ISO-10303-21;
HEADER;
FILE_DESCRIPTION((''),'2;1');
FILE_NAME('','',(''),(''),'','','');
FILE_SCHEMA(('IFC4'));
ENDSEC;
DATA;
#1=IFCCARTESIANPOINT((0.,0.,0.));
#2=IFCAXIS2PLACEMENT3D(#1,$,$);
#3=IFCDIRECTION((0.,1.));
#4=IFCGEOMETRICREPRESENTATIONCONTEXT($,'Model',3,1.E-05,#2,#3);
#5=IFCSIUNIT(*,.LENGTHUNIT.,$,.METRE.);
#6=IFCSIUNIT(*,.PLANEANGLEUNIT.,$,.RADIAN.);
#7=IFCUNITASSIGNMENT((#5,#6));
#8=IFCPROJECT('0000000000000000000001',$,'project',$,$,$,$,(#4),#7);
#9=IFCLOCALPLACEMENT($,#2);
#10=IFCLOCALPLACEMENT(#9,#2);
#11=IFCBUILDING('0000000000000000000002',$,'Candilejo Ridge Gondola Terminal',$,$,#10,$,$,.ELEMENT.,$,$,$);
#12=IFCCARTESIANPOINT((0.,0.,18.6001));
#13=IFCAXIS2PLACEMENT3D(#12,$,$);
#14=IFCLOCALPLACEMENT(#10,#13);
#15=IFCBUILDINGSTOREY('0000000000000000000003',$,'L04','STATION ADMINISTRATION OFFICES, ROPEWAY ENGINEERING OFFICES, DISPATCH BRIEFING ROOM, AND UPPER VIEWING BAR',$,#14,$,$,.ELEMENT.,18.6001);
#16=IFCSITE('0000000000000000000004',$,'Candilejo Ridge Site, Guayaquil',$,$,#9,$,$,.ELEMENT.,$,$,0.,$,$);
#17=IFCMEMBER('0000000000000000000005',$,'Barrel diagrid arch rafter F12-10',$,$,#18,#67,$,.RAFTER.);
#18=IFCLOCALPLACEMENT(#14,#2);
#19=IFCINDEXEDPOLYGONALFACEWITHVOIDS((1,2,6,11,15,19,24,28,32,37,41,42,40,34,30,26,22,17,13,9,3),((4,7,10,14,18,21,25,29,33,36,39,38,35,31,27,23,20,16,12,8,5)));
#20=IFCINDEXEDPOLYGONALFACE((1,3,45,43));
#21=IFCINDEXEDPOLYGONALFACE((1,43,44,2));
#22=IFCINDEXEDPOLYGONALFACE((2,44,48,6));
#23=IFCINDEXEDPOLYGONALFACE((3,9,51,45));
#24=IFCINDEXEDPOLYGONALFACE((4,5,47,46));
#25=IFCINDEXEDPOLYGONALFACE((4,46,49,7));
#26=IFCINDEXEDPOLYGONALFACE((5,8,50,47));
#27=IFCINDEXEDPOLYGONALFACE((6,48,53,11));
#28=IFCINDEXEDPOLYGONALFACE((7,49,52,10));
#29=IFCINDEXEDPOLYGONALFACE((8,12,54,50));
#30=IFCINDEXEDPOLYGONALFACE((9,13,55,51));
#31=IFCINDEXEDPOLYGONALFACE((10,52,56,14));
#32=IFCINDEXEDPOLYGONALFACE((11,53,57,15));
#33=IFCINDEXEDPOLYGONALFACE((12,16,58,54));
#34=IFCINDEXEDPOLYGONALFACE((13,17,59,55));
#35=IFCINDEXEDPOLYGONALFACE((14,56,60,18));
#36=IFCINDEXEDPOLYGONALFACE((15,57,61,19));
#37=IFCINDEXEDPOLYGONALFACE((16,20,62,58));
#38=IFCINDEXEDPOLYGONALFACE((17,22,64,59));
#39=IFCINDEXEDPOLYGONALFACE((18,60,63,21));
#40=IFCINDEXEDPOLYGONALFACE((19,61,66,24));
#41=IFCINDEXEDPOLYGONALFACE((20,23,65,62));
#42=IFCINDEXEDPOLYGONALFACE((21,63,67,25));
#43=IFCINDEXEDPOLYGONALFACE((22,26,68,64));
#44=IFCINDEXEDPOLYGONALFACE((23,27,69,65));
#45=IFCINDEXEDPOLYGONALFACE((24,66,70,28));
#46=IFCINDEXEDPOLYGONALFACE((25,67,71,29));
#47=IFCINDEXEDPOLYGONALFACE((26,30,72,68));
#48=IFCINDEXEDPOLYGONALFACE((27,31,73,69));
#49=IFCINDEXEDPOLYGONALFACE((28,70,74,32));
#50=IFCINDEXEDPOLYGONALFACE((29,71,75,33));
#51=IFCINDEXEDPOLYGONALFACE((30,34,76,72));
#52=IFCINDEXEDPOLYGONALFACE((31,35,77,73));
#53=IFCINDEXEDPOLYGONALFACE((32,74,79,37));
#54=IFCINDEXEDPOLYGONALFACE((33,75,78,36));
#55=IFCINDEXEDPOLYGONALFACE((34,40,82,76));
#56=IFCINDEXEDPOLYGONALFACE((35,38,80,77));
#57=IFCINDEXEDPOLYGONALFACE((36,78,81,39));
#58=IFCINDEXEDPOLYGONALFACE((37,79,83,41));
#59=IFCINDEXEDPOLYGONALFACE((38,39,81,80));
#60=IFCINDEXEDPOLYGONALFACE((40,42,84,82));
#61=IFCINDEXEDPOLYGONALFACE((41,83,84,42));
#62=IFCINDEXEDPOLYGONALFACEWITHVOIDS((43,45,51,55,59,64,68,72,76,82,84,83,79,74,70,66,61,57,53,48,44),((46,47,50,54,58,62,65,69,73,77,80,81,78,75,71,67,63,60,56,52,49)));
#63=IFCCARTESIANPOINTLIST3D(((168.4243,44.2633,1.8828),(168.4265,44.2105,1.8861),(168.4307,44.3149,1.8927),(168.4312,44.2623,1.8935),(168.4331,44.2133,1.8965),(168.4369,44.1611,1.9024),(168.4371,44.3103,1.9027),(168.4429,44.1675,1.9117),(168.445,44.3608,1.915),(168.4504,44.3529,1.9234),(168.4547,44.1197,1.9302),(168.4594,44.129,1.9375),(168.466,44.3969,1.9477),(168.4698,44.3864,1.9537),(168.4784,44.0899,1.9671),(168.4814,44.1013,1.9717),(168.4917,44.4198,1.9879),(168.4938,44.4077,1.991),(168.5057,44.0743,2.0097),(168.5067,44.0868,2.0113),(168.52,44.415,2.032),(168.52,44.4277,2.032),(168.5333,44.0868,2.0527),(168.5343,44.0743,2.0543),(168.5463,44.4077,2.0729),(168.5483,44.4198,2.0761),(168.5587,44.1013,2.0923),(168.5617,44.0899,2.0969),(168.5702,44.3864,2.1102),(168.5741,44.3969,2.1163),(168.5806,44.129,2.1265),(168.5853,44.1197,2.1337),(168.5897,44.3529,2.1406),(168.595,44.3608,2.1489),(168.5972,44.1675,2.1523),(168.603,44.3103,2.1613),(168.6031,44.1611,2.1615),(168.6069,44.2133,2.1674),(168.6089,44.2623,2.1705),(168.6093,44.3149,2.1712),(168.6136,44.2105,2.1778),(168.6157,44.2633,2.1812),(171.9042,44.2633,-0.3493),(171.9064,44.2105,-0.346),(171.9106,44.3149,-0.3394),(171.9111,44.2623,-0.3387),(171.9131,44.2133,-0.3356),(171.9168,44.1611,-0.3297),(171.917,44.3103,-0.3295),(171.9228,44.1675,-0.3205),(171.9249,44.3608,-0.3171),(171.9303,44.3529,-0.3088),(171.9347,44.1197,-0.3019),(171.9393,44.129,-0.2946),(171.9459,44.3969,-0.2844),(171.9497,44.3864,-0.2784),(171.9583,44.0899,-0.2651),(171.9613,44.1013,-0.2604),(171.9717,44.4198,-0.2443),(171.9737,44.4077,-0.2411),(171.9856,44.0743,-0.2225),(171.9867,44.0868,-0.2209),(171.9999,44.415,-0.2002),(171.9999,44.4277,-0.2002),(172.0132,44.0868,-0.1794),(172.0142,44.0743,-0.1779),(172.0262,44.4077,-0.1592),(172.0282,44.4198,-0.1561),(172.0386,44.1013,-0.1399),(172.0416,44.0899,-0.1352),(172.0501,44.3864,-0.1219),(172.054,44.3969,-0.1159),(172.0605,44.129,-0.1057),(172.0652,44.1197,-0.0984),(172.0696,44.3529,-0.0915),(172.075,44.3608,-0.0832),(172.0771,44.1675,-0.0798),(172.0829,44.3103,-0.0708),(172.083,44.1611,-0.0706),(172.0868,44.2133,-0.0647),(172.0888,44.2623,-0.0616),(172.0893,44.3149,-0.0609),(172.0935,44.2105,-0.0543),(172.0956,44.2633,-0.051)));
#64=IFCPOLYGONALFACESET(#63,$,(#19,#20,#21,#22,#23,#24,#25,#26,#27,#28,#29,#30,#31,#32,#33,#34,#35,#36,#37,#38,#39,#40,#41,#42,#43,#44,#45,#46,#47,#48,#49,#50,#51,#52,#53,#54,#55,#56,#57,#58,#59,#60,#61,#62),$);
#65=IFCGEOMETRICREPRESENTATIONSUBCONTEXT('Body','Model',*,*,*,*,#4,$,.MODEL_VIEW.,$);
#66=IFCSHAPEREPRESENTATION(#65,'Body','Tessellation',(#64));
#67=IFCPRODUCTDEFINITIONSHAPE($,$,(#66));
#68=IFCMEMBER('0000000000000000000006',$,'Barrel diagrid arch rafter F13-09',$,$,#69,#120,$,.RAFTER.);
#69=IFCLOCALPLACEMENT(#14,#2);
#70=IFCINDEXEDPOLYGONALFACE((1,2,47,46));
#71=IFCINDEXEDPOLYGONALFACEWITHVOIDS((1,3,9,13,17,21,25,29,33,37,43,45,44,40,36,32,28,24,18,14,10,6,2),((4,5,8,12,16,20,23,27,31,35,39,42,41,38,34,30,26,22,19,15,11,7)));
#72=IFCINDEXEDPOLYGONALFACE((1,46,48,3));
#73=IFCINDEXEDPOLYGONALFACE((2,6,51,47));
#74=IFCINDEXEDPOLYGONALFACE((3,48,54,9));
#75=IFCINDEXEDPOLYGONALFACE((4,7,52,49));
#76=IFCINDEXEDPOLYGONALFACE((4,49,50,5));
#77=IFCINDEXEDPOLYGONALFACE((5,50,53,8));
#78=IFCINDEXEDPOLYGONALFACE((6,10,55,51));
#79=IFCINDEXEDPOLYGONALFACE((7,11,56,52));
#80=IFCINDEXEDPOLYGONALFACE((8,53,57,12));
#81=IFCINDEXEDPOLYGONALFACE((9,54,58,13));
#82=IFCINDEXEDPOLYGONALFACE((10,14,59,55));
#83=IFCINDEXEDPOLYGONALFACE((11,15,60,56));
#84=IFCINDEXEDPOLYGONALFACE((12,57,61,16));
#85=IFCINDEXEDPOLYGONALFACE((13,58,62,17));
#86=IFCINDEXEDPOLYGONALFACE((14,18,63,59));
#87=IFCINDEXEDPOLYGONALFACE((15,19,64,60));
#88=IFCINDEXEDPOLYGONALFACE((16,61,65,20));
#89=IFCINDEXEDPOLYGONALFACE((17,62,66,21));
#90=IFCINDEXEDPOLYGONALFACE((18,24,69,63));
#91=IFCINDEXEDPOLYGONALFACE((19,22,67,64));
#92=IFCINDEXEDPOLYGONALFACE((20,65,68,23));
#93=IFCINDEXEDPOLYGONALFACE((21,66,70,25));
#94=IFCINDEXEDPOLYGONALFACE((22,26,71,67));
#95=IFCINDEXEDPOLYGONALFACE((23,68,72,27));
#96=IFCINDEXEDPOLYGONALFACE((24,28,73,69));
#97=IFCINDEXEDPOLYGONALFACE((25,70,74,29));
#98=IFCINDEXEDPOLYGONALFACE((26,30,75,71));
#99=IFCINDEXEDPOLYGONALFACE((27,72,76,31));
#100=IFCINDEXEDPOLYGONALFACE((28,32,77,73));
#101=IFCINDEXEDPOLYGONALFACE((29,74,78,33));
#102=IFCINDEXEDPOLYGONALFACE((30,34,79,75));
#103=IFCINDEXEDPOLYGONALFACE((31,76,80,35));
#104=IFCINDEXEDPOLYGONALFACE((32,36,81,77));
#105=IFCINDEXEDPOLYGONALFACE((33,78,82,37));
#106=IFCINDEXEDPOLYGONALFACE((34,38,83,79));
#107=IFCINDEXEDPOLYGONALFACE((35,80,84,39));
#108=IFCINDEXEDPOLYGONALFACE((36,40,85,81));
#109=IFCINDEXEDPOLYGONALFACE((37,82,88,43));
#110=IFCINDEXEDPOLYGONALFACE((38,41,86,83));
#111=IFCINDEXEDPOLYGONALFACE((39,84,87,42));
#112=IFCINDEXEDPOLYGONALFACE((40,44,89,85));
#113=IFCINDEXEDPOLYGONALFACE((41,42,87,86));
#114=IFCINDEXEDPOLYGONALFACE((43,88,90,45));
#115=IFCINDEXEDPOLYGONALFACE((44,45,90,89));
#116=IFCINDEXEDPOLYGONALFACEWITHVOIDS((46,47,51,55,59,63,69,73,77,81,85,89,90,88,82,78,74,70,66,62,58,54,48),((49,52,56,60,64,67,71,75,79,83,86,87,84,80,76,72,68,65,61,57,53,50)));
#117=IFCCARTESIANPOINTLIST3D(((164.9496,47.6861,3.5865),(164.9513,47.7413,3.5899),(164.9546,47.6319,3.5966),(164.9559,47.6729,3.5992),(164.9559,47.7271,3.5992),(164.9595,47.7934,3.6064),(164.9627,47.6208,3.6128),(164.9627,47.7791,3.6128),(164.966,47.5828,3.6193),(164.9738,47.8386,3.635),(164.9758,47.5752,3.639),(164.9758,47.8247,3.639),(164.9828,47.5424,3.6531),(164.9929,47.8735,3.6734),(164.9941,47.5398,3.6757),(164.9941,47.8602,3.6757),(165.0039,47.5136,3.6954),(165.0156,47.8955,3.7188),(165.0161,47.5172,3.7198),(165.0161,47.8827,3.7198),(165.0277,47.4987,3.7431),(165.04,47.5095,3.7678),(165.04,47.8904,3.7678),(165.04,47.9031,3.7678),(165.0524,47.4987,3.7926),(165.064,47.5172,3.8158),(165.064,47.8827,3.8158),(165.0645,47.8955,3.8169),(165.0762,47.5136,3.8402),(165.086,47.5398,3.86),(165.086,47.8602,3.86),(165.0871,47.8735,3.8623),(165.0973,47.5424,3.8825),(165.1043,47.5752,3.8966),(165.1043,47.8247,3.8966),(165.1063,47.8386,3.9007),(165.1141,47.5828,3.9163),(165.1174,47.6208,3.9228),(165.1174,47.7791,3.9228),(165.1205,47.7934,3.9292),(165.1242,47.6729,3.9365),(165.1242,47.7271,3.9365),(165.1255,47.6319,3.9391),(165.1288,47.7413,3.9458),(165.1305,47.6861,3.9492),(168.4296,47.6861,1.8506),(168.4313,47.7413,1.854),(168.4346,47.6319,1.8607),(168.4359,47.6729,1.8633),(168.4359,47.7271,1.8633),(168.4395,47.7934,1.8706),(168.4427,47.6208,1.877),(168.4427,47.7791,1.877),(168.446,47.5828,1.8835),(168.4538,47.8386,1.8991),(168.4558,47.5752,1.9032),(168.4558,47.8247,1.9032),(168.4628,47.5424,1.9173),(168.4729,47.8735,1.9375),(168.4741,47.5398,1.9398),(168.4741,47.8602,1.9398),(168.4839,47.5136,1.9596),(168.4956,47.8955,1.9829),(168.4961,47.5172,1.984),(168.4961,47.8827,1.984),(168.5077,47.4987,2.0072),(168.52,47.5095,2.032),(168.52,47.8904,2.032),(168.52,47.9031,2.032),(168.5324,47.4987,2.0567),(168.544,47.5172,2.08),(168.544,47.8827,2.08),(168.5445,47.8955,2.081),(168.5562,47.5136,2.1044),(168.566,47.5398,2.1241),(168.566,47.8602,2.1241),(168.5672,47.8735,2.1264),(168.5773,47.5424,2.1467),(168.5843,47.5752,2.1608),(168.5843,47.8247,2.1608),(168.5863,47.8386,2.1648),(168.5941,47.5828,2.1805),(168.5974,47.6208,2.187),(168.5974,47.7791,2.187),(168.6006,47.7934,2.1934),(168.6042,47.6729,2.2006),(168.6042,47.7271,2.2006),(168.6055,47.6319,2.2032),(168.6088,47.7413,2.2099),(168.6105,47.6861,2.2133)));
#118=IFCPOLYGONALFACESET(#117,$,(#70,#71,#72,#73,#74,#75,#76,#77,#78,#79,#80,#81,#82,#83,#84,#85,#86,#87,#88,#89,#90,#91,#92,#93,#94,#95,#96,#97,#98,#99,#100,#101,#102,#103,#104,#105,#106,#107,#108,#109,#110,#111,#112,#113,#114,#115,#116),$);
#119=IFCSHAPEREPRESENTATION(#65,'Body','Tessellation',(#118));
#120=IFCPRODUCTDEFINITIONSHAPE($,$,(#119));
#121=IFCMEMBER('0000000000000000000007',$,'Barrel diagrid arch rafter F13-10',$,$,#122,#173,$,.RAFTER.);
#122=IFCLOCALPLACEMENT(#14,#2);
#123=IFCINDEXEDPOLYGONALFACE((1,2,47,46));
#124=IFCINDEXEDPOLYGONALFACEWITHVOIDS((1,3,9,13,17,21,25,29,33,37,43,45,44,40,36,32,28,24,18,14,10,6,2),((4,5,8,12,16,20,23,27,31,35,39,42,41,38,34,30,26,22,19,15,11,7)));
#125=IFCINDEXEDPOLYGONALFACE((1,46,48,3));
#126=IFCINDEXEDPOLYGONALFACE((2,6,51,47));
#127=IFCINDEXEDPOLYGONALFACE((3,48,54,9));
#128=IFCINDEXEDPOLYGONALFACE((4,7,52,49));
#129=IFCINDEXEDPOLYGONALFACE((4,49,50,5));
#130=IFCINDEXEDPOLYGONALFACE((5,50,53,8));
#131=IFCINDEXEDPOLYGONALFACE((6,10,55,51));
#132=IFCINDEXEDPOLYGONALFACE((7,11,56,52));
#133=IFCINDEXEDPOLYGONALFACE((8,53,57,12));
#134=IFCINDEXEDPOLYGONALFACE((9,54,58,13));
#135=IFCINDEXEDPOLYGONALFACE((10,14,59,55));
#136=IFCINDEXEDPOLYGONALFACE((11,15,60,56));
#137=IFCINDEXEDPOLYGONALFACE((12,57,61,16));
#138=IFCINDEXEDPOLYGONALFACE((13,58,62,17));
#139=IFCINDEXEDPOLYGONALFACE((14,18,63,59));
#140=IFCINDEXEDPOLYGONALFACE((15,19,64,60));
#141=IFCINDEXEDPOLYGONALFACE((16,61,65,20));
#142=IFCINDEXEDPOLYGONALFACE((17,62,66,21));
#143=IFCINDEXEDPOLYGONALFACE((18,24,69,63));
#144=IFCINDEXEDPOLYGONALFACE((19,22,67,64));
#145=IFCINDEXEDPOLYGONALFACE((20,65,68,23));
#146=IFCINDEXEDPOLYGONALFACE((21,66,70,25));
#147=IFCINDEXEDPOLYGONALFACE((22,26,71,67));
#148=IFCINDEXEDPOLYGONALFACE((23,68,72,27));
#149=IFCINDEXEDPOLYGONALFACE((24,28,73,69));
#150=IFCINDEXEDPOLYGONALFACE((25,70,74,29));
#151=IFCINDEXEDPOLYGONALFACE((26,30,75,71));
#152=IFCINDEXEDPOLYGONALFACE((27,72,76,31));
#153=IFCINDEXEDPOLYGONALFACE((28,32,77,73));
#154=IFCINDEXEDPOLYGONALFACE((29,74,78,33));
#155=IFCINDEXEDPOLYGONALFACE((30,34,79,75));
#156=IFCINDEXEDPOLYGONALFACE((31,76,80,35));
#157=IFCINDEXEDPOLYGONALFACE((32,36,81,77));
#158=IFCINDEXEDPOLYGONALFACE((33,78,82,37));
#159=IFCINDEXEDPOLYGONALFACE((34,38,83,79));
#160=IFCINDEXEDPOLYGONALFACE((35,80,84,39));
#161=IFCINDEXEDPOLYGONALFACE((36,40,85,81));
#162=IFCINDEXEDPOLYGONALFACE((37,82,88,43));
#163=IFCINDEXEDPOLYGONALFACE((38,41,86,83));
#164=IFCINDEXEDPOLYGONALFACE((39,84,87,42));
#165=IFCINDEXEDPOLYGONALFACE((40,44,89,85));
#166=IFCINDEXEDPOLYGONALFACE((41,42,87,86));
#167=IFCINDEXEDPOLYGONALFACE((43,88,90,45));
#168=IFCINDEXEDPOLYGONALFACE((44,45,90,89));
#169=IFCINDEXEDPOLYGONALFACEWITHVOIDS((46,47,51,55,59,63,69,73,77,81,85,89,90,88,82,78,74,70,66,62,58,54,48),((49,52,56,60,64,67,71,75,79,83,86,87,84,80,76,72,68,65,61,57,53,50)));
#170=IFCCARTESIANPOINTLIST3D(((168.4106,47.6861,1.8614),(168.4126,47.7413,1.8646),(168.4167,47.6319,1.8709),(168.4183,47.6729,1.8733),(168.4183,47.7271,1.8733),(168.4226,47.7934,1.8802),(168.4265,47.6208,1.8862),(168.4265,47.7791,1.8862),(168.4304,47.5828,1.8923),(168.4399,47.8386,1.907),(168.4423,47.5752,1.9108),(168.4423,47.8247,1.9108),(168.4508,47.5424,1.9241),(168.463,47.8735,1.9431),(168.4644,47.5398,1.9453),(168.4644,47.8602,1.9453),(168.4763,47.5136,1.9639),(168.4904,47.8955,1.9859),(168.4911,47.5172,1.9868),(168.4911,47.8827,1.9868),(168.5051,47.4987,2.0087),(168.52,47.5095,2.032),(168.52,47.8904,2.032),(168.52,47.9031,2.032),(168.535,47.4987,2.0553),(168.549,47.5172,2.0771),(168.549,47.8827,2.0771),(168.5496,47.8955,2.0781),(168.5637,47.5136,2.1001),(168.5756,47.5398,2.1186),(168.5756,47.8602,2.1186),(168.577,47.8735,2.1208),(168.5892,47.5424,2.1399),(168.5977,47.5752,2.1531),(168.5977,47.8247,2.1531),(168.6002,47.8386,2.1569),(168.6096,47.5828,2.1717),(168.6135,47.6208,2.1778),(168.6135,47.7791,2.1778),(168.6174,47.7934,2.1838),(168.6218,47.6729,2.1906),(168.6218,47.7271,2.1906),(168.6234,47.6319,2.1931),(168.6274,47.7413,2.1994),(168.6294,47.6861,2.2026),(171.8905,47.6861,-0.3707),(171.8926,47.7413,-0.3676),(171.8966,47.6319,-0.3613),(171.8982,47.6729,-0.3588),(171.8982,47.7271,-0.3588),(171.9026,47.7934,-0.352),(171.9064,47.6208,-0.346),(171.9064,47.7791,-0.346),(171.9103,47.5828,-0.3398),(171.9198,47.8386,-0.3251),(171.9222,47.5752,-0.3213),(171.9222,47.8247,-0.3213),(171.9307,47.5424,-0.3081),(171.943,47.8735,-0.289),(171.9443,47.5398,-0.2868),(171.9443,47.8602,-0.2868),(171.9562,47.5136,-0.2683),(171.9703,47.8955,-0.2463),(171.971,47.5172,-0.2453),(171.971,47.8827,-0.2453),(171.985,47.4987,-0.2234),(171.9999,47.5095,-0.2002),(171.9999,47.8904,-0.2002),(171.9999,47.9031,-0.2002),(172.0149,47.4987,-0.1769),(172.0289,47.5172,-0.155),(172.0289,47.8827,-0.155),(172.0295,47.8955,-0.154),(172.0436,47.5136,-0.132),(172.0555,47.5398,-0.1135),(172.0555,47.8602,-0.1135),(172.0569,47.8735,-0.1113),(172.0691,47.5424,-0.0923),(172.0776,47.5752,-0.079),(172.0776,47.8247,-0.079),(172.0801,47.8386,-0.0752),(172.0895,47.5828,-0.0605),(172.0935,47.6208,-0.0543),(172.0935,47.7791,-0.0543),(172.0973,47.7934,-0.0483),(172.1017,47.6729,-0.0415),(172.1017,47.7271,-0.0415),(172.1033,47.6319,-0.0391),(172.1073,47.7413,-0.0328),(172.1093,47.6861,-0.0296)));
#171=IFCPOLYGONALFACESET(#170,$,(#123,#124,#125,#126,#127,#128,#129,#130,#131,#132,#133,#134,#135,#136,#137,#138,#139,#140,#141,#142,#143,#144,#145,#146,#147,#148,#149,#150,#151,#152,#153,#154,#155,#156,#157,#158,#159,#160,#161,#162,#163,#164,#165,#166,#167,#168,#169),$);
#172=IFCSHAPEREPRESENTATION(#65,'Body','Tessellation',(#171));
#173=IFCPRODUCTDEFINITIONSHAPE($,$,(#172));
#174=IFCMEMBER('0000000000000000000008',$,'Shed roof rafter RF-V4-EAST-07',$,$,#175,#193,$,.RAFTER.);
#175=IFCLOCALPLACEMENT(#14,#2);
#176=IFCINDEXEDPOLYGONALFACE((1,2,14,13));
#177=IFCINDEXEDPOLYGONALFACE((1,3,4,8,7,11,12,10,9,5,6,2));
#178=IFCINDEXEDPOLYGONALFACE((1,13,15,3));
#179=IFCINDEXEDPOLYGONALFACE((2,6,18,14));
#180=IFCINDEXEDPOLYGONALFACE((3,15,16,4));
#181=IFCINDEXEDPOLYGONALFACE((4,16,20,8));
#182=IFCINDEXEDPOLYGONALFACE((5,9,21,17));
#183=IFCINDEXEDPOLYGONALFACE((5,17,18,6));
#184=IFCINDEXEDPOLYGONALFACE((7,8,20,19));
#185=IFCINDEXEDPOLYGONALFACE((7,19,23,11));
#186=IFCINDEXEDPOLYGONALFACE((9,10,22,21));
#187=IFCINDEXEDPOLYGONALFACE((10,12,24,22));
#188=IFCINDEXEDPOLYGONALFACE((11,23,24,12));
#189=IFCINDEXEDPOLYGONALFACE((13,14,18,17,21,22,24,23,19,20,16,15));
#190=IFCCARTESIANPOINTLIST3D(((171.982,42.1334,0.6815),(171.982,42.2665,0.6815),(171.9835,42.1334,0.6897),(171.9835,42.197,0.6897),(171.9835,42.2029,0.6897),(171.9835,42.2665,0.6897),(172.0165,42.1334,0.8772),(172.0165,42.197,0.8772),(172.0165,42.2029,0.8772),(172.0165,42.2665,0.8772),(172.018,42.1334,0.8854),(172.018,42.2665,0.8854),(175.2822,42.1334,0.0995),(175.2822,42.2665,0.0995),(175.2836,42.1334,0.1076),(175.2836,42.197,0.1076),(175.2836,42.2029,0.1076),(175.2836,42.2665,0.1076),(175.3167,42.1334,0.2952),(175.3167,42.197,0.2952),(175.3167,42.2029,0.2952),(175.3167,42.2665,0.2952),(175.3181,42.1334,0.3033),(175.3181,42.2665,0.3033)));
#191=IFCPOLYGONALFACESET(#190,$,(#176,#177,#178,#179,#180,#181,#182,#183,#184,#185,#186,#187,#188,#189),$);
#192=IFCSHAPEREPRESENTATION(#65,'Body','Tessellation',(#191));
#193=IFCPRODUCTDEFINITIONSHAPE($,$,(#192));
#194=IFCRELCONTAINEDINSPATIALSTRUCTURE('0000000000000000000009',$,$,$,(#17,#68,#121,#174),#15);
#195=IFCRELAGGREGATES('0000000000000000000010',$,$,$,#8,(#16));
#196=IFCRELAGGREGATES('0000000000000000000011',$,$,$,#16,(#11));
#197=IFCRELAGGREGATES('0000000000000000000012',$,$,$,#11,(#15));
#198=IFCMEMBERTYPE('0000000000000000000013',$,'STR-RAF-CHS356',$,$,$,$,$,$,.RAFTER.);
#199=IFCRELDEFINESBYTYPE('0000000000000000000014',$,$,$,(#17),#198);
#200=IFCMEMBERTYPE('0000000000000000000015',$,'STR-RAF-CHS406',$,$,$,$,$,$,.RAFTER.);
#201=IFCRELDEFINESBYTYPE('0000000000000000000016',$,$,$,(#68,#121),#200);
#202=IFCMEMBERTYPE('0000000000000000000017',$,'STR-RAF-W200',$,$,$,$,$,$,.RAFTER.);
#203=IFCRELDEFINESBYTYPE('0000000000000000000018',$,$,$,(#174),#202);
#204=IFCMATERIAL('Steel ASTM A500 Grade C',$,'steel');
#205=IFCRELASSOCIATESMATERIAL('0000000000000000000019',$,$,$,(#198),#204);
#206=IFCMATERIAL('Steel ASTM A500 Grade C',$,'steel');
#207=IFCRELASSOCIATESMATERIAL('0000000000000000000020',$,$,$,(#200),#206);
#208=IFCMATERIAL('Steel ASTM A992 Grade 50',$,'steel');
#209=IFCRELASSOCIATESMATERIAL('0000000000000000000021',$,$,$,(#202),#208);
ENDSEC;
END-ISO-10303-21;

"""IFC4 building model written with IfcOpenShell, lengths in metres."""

from ifc_helpers import new_model, si_unit, direction, frame, origin, origin_2d, place, context, subcontext, project, spatial, hollow_circle, i_section, extrude, material, material_profile, profile_set, type_object, element, save


model = new_model("IFC4")

# Units and contexts
model_context = context("Model", 3, precision=1e-05, world=origin(), true_north=direction((0.0, 1.0)))
body_context = subcontext(model_context, "Body", "Model", "MODEL_VIEW")
ifc_project = project(units=[si_unit("LENGTHUNIT", "METRE"), si_unit("PLANEANGLEUNIT", "RADIAN")], contexts=[model_context])

# Site, building, storey
site_placement = place(None, origin())
site = spatial("IfcSite", under=ifc_project, at=site_placement, Name="Candilejo Ridge Site, Guayaquil", CompositionType="ELEMENT", RefElevation=0.0)
building_placement = place(site_placement, origin())
building = spatial("IfcBuilding", under=site, at=building_placement, Name="Candilejo Ridge Gondola Terminal", CompositionType="ELEMENT")
storey_placement = place(building_placement, frame((0.0, 0.0, 18.6001)))
storey = spatial("IfcBuildingStorey", under=building, at=storey_placement, Name="L04", Description="STATION ADMINISTRATION OFFICES, ROPEWAY ENGINEERING OFFICES, DISPATCH BRIEFING ROOM, AND UPPER VIEWING BAR", CompositionType="ELEMENT", Elevation=18.6001)

# Members
ifc_material_1 = material(Name="Steel ASTM A500 Grade C", Category="steel")
ifc_material_profile_1 = material_profile(ifc_material_1, hollow_circle(Radius=0.1777, WallThickness=0.0127, at=origin_2d()))
ifc_profile_set_1 = profile_set([ifc_material_profile_1], Name="Steel ASTM A500 Grade C")
member_type_1 = type_object("IfcMemberType", Name="STR-RAF-CHS356", PredefinedType="RAFTER", material=ifc_profile_set_1)
member_1_placement = place(storey_placement, frame((168.52, 44.25, 2.032), z_axis=(0.841723, 0.0, -0.53991), x_axis=(0.0, 1.0, 0.0)))
element("IfcMember", 1, at=member_1_placement, inside=storey, type_object=member_type_1, Name="Barrel diagrid arch rafter F12-10", PredefinedType="RAFTER", context=body_context, shape_type="SweptSolid", body=[
    extrude(hollow_circle(Radius=0.1777, WallThickness=0.0127, at=origin_2d()), origin(), (0.0, 0.0, 1.0), 4.1343),
])
ifc_material_2 = material(Name="Steel ASTM A500 Grade C", Category="steel")
ifc_material_profile_2 = material_profile(ifc_material_2, hollow_circle(Radius=0.2031, WallThickness=0.0127, at=origin_2d()))
ifc_profile_set_2 = profile_set([ifc_material_profile_2], Name="Steel ASTM A500 Grade C")
member_type_2 = type_object("IfcMemberType", Name="STR-RAF-CHS406", PredefinedType="RAFTER", material=ifc_profile_set_2)
member_2_placement = place(storey_placement, frame((165.04, 47.7, 3.7678), z_axis=(0.894854, 0.0, -0.44636), x_axis=(0.0, 1.0, 0.0)))
element("IfcMember", 2, at=member_2_placement, inside=storey, type_object=member_type_2, Name="Barrel diagrid arch rafter F13-09", PredefinedType="RAFTER", context=body_context, shape_type="SweptSolid", body=[
    extrude(hollow_circle(Radius=0.2031, WallThickness=0.0127, at=origin_2d()), origin(), (0.0, 0.0, 1.0), 3.8889),
])
member_3_placement = place(storey_placement, frame((168.52, 47.7, 2.032), z_axis=(0.841723, 0.0, -0.53991), x_axis=(0.0, 1.0, 0.0)))
element("IfcMember", 3, at=member_3_placement, inside=storey, type_object=member_type_2, Name="Barrel diagrid arch rafter F13-10", PredefinedType="RAFTER", context=body_context, shape_type="SweptSolid", body=[
    extrude(hollow_circle(Radius=0.2031, WallThickness=0.0127, at=origin_2d()), origin(), (0.0, 0.0, 1.0), 4.1343),
])
ifc_material_3 = material(Name="Steel ASTM A992 Grade 50", Category="steel")
ifc_material_profile_3 = material_profile(ifc_material_3, i_section(OverallWidth=0.1331, OverallDepth=0.207, WebThickness=0.0059, FlangeThickness=0.0083, at=origin_2d()))
ifc_profile_set_3 = profile_set([ifc_material_profile_3], Name="Steel ASTM A992 Grade 50")
member_type_3 = type_object("IfcMemberType", Name="STR-RAF-W200", PredefinedType="RAFTER", material=ifc_profile_set_3)
for number, where, z_axis, x_axis, name in (
    (4, (172.0, 42.2, 0.7834), (0.9848, 0.0, -0.17369), (0.0, 1.0, 0.0), "Shed roof rafter RF-V4-EAST-07"),
):
    element("IfcMember", number, at=place(storey_placement, frame(where, z_axis=z_axis, x_axis=x_axis)), inside=storey, type_object=member_type_3, Name=name, PredefinedType="RAFTER", context=body_context, shape_type="SweptSolid", body=[
        extrude(i_section(OverallWidth=0.1331, OverallDepth=0.207, WebThickness=0.0059, FlangeThickness=0.0083, at=origin_2d()), origin(), (0.0, 0.0, 1.0), 3.3511),
    ])

save(model, "model.ifc")
